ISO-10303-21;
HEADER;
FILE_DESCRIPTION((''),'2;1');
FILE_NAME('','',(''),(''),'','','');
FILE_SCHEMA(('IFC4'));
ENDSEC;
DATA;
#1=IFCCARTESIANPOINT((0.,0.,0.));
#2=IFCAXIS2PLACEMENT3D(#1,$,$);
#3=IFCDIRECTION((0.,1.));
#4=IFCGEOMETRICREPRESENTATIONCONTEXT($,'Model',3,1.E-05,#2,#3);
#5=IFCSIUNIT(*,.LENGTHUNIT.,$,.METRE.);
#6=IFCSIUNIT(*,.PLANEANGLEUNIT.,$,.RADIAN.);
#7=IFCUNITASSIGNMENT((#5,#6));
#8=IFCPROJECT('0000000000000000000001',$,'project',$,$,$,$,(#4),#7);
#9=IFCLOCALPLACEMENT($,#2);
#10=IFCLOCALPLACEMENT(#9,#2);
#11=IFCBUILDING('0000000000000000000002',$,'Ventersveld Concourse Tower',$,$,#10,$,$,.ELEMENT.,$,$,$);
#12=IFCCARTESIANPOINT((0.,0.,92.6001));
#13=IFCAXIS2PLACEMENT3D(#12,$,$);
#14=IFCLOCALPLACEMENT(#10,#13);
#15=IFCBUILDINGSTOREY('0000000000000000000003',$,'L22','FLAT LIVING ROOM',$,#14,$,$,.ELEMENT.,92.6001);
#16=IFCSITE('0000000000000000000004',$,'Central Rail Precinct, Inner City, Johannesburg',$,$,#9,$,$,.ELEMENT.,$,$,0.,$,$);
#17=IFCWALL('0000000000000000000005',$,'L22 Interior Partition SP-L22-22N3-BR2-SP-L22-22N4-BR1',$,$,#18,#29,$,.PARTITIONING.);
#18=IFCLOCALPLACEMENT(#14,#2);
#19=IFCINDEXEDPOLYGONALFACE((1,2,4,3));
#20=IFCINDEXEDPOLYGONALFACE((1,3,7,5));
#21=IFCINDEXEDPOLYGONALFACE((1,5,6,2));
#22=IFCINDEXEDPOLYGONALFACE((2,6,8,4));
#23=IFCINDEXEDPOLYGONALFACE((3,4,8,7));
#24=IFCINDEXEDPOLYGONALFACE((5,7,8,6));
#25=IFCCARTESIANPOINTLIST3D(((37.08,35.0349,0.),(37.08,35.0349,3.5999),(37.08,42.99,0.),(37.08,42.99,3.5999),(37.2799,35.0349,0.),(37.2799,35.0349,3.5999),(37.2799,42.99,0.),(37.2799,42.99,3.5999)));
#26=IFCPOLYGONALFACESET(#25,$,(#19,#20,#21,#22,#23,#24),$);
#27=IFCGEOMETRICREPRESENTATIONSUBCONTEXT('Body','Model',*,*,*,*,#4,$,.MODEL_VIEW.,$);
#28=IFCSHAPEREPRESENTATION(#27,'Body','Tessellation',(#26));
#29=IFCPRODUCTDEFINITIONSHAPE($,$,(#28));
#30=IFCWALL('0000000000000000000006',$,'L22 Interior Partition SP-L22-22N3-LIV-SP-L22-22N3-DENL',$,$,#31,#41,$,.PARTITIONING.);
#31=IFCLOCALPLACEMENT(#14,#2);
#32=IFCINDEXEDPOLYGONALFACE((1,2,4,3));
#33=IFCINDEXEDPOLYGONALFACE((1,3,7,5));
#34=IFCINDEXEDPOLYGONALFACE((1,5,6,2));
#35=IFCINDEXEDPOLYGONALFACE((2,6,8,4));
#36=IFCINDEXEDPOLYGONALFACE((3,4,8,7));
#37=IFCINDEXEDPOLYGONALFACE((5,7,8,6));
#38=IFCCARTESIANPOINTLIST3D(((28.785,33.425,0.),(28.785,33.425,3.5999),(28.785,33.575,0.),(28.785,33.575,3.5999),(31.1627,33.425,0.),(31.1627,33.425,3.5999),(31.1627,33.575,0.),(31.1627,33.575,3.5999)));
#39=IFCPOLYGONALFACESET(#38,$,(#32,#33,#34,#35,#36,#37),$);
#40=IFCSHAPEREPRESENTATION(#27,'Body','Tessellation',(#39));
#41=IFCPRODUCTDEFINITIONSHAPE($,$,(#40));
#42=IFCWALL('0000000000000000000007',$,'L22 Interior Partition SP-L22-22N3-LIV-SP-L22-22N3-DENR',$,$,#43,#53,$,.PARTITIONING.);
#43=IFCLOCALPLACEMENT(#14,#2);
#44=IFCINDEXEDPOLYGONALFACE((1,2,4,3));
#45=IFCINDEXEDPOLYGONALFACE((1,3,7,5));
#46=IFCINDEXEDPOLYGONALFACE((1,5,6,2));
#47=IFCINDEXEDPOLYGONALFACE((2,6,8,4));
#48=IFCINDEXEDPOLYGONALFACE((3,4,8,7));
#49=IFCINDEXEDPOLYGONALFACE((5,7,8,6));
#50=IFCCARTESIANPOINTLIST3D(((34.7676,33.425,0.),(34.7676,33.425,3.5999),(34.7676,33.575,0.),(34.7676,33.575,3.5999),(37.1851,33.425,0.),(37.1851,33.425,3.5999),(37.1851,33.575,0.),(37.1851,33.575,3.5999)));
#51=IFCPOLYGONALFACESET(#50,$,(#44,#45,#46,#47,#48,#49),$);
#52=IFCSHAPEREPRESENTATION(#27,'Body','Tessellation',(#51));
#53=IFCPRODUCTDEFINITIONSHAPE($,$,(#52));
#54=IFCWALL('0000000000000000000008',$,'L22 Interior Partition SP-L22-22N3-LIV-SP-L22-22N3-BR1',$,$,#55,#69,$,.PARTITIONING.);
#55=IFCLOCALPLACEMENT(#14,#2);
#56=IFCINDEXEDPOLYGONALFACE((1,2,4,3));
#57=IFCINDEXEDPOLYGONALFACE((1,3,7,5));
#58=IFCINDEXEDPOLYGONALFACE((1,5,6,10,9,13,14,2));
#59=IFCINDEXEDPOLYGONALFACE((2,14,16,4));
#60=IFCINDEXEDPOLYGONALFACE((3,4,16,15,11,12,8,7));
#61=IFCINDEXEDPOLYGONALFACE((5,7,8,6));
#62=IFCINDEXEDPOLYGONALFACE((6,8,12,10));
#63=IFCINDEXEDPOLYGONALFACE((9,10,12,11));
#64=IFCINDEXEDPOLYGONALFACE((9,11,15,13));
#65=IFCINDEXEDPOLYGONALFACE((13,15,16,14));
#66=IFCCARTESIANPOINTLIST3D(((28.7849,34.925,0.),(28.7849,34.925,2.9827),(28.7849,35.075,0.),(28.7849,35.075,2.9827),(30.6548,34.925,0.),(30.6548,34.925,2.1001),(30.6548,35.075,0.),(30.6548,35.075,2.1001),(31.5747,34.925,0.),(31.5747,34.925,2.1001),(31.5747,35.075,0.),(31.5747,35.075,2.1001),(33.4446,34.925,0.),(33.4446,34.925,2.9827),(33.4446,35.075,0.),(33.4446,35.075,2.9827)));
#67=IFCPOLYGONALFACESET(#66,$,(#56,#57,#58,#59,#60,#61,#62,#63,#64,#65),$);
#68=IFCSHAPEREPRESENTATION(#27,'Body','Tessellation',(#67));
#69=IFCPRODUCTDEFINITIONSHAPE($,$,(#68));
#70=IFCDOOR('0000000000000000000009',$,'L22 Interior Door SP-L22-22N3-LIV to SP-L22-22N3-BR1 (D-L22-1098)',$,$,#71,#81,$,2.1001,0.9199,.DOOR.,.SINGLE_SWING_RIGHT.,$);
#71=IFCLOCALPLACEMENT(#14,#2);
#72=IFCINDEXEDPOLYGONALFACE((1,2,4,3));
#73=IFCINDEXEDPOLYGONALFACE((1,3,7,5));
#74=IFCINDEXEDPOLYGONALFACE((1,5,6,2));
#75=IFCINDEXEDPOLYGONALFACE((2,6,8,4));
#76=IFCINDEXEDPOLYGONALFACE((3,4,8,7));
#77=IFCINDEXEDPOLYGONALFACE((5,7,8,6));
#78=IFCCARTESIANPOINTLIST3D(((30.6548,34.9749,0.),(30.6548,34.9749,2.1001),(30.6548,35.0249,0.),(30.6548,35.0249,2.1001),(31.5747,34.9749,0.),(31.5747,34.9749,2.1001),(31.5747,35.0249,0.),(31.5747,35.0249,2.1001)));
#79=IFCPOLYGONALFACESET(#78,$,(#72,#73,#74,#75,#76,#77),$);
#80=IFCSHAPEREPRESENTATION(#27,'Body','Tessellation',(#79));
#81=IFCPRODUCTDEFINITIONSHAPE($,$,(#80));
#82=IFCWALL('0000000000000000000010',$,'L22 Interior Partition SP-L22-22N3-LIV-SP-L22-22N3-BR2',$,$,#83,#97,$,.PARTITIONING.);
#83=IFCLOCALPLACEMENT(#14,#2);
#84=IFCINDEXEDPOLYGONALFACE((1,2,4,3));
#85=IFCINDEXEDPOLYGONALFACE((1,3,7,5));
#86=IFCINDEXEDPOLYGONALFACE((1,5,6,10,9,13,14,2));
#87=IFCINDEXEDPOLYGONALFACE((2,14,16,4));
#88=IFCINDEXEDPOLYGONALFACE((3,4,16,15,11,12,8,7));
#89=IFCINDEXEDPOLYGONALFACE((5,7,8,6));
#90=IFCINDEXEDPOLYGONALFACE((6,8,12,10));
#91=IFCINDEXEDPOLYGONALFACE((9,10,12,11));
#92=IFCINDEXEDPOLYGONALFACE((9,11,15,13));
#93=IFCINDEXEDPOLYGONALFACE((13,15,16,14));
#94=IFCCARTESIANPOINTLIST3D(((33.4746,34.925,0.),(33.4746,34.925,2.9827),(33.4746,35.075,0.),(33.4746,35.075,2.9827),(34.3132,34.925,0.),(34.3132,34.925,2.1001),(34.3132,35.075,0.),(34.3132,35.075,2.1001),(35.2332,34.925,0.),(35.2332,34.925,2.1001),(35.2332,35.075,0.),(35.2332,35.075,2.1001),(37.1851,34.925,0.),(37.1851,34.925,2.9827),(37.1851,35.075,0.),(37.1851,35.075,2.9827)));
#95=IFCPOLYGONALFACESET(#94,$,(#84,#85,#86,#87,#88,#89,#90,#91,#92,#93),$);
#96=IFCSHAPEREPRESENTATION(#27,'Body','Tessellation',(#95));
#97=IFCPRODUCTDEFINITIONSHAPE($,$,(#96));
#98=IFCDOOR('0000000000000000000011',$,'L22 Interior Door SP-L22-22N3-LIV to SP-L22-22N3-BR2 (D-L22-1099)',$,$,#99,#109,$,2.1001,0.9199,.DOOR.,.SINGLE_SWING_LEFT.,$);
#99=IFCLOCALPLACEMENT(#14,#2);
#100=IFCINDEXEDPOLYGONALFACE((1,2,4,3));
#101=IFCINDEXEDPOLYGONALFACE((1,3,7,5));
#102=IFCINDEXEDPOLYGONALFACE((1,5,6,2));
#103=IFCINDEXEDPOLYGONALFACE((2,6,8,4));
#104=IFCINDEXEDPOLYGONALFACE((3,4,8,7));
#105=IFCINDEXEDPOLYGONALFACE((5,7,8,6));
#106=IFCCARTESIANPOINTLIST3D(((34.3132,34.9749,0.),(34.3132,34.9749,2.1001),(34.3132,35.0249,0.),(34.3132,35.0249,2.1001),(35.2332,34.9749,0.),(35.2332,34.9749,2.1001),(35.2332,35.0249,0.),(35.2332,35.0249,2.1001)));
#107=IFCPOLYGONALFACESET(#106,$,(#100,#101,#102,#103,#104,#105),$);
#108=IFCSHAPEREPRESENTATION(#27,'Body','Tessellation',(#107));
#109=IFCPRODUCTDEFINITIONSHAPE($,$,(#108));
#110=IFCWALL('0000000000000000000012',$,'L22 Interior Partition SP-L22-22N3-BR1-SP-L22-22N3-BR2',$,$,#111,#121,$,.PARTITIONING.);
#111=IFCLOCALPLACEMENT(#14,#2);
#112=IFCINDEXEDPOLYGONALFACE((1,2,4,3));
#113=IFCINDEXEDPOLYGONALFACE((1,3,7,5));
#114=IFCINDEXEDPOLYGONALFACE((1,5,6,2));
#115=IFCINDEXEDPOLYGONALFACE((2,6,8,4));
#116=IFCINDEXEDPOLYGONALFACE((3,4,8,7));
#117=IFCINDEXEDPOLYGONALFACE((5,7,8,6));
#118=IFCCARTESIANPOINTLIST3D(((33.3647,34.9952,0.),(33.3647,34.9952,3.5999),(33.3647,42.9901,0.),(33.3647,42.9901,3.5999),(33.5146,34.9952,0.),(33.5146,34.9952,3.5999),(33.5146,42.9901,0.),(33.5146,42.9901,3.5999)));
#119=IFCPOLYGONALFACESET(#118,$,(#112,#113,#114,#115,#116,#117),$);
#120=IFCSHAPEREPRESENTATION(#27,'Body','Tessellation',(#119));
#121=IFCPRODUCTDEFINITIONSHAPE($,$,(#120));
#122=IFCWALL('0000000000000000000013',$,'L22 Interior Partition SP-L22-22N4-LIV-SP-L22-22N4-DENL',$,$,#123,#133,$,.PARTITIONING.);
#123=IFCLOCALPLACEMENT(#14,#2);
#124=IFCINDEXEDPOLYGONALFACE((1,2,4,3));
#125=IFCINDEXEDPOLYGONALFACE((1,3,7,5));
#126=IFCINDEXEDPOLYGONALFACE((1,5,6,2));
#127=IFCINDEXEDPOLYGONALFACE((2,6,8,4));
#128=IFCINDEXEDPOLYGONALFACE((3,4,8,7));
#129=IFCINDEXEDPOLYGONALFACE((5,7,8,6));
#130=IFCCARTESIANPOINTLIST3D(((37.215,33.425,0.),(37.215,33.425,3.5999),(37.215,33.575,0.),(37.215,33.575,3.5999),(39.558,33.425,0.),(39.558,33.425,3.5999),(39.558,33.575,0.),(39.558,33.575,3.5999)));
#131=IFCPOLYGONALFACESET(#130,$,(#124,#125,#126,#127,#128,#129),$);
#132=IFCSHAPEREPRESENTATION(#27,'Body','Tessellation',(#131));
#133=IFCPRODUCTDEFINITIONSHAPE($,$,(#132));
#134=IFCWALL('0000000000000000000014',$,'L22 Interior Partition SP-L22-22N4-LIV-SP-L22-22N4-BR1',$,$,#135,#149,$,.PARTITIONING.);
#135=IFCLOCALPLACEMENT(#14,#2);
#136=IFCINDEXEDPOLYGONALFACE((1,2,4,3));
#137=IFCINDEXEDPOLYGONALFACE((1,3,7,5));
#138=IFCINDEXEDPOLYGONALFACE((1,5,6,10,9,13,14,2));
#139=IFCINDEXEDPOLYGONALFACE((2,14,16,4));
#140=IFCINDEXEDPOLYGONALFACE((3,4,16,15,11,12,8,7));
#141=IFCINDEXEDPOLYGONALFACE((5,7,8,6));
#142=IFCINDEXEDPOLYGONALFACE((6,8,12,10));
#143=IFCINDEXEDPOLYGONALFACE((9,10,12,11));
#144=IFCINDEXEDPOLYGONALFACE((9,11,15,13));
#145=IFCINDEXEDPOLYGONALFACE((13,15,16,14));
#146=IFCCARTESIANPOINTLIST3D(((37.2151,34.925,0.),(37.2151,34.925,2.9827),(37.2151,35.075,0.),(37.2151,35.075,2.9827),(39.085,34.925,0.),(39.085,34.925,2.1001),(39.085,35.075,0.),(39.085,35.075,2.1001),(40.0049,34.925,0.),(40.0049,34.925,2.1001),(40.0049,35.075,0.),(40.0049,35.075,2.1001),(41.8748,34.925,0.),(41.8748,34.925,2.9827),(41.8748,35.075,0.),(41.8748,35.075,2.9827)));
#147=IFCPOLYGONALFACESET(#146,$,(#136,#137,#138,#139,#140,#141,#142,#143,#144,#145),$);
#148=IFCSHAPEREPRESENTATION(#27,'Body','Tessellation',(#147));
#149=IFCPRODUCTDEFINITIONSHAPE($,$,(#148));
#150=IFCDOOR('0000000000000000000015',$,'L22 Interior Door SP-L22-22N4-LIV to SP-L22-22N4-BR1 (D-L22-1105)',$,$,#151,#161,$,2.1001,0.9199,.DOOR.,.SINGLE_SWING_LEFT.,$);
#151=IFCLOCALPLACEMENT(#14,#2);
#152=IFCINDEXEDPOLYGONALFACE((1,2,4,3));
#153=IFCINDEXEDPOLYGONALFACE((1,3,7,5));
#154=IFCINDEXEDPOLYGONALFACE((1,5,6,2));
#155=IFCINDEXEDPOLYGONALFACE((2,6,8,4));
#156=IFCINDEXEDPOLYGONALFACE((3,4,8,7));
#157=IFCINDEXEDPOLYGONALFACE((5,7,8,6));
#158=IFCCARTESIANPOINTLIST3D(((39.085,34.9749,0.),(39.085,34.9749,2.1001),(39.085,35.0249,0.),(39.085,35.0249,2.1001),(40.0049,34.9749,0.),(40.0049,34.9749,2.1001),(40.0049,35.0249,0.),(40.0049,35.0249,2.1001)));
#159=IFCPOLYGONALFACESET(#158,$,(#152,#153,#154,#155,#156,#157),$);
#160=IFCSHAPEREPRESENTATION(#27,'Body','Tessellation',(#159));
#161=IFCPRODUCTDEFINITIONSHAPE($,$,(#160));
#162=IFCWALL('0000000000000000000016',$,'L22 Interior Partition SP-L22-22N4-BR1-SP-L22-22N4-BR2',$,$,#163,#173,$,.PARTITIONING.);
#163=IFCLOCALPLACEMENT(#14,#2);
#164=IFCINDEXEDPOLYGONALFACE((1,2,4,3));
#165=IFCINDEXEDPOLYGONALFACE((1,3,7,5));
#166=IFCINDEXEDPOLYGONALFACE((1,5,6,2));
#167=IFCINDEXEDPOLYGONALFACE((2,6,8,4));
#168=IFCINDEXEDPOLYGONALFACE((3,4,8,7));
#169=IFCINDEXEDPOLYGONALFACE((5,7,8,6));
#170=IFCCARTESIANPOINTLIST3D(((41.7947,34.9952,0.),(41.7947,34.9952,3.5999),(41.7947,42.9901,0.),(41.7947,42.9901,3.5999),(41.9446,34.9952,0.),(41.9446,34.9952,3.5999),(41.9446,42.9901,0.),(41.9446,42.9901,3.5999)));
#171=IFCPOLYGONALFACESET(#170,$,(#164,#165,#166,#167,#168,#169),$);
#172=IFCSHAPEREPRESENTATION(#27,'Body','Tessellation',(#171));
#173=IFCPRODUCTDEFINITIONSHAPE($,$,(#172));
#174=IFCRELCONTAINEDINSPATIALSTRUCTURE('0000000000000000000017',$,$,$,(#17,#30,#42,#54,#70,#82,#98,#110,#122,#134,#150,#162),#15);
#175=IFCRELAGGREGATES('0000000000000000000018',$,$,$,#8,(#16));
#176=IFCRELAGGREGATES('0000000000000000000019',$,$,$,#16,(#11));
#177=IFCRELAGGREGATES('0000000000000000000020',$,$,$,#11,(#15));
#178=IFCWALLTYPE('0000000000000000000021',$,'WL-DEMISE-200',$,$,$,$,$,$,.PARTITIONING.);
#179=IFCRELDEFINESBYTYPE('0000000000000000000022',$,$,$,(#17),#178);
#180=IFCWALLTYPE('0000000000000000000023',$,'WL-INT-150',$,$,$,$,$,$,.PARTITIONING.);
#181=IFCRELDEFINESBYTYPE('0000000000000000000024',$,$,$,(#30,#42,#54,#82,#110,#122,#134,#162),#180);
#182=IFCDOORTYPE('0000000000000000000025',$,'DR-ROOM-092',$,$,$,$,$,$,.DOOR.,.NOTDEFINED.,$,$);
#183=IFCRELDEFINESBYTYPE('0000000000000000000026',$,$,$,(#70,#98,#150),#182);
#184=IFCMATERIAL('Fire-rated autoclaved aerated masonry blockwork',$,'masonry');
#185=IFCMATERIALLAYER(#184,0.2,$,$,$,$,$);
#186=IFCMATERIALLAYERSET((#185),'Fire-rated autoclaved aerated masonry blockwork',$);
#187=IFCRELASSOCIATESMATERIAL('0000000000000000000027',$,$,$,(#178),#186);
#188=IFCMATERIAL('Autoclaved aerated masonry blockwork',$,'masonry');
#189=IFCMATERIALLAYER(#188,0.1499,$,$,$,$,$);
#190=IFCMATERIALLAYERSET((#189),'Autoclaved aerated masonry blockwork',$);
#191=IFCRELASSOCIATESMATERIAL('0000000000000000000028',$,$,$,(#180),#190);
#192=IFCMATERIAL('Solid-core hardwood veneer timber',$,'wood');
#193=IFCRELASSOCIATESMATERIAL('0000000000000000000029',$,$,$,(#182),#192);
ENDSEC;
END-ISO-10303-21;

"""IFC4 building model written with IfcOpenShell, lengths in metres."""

from ifc_helpers import new_model, si_unit, direction, frame, frame_2d, origin, place, context, subcontext, project, spatial, rectangle, extrude, material, layer, layer_set, type_object, element, fill, save


model = new_model("IFC4")

# Units and contexts
model_context = context("Model", 3, precision=1e-05, world=origin(), true_north=direction((0.0, 1.0)))
body_context = subcontext(model_context, "Body", "Model", "MODEL_VIEW")
ifc_project = project(units=[si_unit("LENGTHUNIT", "METRE"), si_unit("PLANEANGLEUNIT", "RADIAN")], contexts=[model_context])

# Site, building, storey
site_placement = place(None, origin())
site = spatial("IfcSite", under=ifc_project, at=site_placement, Name="Central Rail Precinct, Inner City, Johannesburg", CompositionType="ELEMENT", RefElevation=0.0)
building_placement = place(site_placement, origin())
building = spatial("IfcBuilding", under=site, at=building_placement, Name="Ventersveld Concourse Tower", CompositionType="ELEMENT")
storey_placement = place(building_placement, frame((0.0, 0.0, 92.6001)))
storey = spatial("IfcBuildingStorey", under=building, at=storey_placement, Name="L22", Description="FLAT LIVING ROOM", CompositionType="ELEMENT", Elevation=92.6001)

# Walls
ifc_material_1 = material(Name="Fire-rated autoclaved aerated masonry blockwork", Category="masonry")
ifc_layer_1 = layer(ifc_material_1, 0.2)
ifc_layer_set_1 = layer_set([ifc_layer_1], Name="Fire-rated autoclaved aerated masonry blockwork")
wall_type_1 = type_object("IfcWallType", Name="WL-DEMISE-200", PredefinedType="PARTITIONING", material=ifc_layer_set_1)
wall_1_placement = place(storey_placement, frame((37.1799, 35.0349, 0.0), z_axis=(0.0, 0.0, 1.0), x_axis=(0.0, 1.0, 0.0)))
element("IfcWall", 1, at=wall_1_placement, inside=storey, type_object=wall_type_1, Name="L22 Interior Partition SP-L22-22N3-BR2-SP-L22-22N4-BR1", PredefinedType="PARTITIONING", context=body_context, shape_type="SweptSolid", body=[
    extrude(rectangle(XDim=7.9551, YDim=0.2, at=frame_2d((3.9775, 0.0))), origin(), (0.0, 0.0, 1.0), 3.5999),
])
ifc_material_2 = material(Name="Autoclaved aerated masonry blockwork", Category="masonry")
ifc_layer_2 = layer(ifc_material_2, 0.1499)
ifc_layer_set_2 = layer_set([ifc_layer_2], Name="Autoclaved aerated masonry blockwork")
wall_type_2 = type_object("IfcWallType", Name="WL-INT-150", PredefinedType="PARTITIONING", material=ifc_layer_set_2)
wall_2_placement = place(storey_placement, frame((28.7849, 33.5, 0.0), z_axis=(0.0, 0.0, 1.0), x_axis=(1.0, 0.0, 0.0)))
element("IfcWall", 2, at=wall_2_placement, inside=storey, type_object=wall_type_2, Name="L22 Interior Partition SP-L22-22N3-LIV-SP-L22-22N3-DENL", PredefinedType="PARTITIONING", context=body_context, shape_type="SweptSolid", body=[
    extrude(rectangle(XDim=2.3777, YDim=0.1499, at=frame_2d((1.189, 0.0))), origin(), (0.0, 0.0, 1.0), 3.5999),
])
wall_3_placement = place(storey_placement, frame((34.7676, 33.5, 0.0), z_axis=(0.0, 0.0, 1.0), x_axis=(1.0, 0.0, 0.0)))
element("IfcWall", 3, at=wall_3_placement, inside=storey, type_object=wall_type_2, Name="L22 Interior Partition SP-L22-22N3-LIV-SP-L22-22N3-DENR", PredefinedType="PARTITIONING", context=body_context, shape_type="SweptSolid", body=[
    extrude(rectangle(XDim=2.4175, YDim=0.1499, at=frame_2d((1.2087, 0.0))), origin(), (0.0, 0.0, 1.0), 3.5999),
])

# Walls, openings, doors
wall_4_placement = place(storey_placement, frame((28.7849, 35.0, 0.0), z_axis=(0.0, 0.0, 1.0), x_axis=(1.0, 0.0, 0.0)))
wall_4 = element("IfcWall", 4, at=wall_4_placement, inside=storey, type_object=wall_type_2, Name="L22 Interior Partition SP-L22-22N3-LIV-SP-L22-22N3-BR1", PredefinedType="PARTITIONING", context=body_context, shape_type="SweptSolid", body=[
    extrude(rectangle(XDim=4.6597, YDim=0.1499, at=frame_2d((2.3298, 0.0))), origin(), (0.0, 0.0, 1.0), 2.9827),
])
opening_1_placement = place(wall_4_placement, frame((1.8699, 0.0, 0.0)))
opening_1 = element("IfcOpeningElement", 5, at=opening_1_placement, cuts=wall_4, PredefinedType="OPENING", context=body_context, shape_type="SweptSolid", body=[
    extrude(rectangle(XDim=0.9199, YDim=2.1001, at=frame_2d((0.46, 1.05))), frame((0.0, 0.085, 0.0), z_axis=(0.0, -1.0, 0.0), x_axis=(1.0, 0.0, 0.0)), (0.0, 0.0, 1.0), 0.1699),
])
ifc_material_3 = material(Name="Solid-core hardwood veneer timber", Category="wood")
door_type = type_object("IfcDoorType", Name="DR-ROOM-092", OperationType="NOTDEFINED", PredefinedType="DOOR", material=ifc_material_3)
door_1_placement = place(opening_1_placement, origin())
door_1 = element("IfcDoor", 6, at=door_1_placement, inside=storey, type_object=door_type, Name="L22 Interior Door SP-L22-22N3-LIV to SP-L22-22N3-BR1 (D-L22-1098)", OperationType="SINGLE_SWING_RIGHT", OverallHeight=2.1001, OverallWidth=0.9199, PredefinedType="DOOR", context=body_context, shape_type="SweptSolid", body=[
    extrude(rectangle(XDim=0.9199, YDim=2.1001, at=frame_2d((0.46, 1.05))), frame((0.0, 0.0249, 0.0), z_axis=(0.0, -1.0, 0.0), x_axis=(1.0, 0.0, 0.0)), (0.0, 0.0, 1.0), 0.05),
])
fill(opening_1, door_1)
wall_5_placement = place(storey_placement, frame((33.4746, 35.0, 0.0), z_axis=(0.0, 0.0, 1.0), x_axis=(1.0, 0.0, 0.0)))
wall_5 = element("IfcWall", 7, at=wall_5_placement, inside=storey, type_object=wall_type_2, Name="L22 Interior Partition SP-L22-22N3-LIV-SP-L22-22N3-BR2", PredefinedType="PARTITIONING", context=body_context, shape_type="SweptSolid", body=[
    extrude(rectangle(XDim=3.7104, YDim=0.1499, at=frame_2d((1.8552, 0.0))), origin(), (0.0, 0.0, 1.0), 2.9827),
])
opening_2_placement = place(wall_5_placement, frame((0.8386, 0.0, 0.0)))
opening_2 = element("IfcOpeningElement", 8, at=opening_2_placement, cuts=wall_5, PredefinedType="OPENING", context=body_context, shape_type="SweptSolid", body=[
    extrude(rectangle(XDim=0.9199, YDim=2.1001, at=frame_2d((0.46, 1.05))), frame((0.0, 0.085, 0.0), z_axis=(0.0, -1.0, 0.0), x_axis=(1.0, 0.0, 0.0)), (0.0, 0.0, 1.0), 0.1699),
])
door_2_placement = place(opening_2_placement, origin())
door_2 = element("IfcDoor", 9, at=door_2_placement, inside=storey, type_object=door_type, Name="L22 Interior Door SP-L22-22N3-LIV to SP-L22-22N3-BR2 (D-L22-1099)", OperationType="SINGLE_SWING_LEFT", OverallHeight=2.1001, OverallWidth=0.9199, PredefinedType="DOOR", context=body_context, shape_type="SweptSolid", body=[
    extrude(rectangle(XDim=0.9199, YDim=2.1001, at=frame_2d((0.46, 1.05))), frame((0.0, 0.0249, 0.0), z_axis=(0.0, -1.0, 0.0), x_axis=(1.0, 0.0, 0.0)), (0.0, 0.0, 1.0), 0.05),
])
fill(opening_2, door_2)

# Walls
wall_6_placement = place(storey_placement, frame((33.4397, 34.9951, 0.0), z_axis=(0.0, 0.0, 1.0), x_axis=(0.0, 1.0, 0.0)))
element("IfcWall", 10, at=wall_6_placement, inside=storey, type_object=wall_type_2, Name="L22 Interior Partition SP-L22-22N3-BR1-SP-L22-22N3-BR2", PredefinedType="PARTITIONING", context=body_context, shape_type="SweptSolid", body=[
    extrude(rectangle(XDim=7.9949, YDim=0.1499, at=frame_2d((3.9976, 0.0))), origin(), (0.0, 0.0, 1.0), 3.5999),
])
wall_7_placement = place(storey_placement, frame((37.2151, 33.5, 0.0), z_axis=(0.0, 0.0, 1.0), x_axis=(1.0, 0.0, 0.0)))
element("IfcWall", 11, at=wall_7_placement, inside=storey, type_object=wall_type_2, Name="L22 Interior Partition SP-L22-22N4-LIV-SP-L22-22N4-DENL", PredefinedType="PARTITIONING", context=body_context, shape_type="SweptSolid", body=[
    extrude(rectangle(XDim=2.343, YDim=0.1499, at=frame_2d((1.1714, 0.0))), origin(), (0.0, 0.0, 1.0), 3.5999),
])

# Wall, opening, door
wall_8_placement = place(storey_placement, frame((37.2151, 35.0, 0.0), z_axis=(0.0, 0.0, 1.0), x_axis=(1.0, 0.0, 0.0)))
wall_8 = element("IfcWall", 12, at=wall_8_placement, inside=storey, type_object=wall_type_2, Name="L22 Interior Partition SP-L22-22N4-LIV-SP-L22-22N4-BR1", PredefinedType="PARTITIONING", context=body_context, shape_type="SweptSolid", body=[
    extrude(rectangle(XDim=4.6597, YDim=0.1499, at=frame_2d((2.3298, 0.0))), origin(), (0.0, 0.0, 1.0), 2.9827),
])
opening_3_placement = place(wall_8_placement, frame((1.8699, 0.0, 0.0)))
opening_3 = element("IfcOpeningElement", 13, at=opening_3_placement, cuts=wall_8, PredefinedType="OPENING", context=body_context, shape_type="SweptSolid", body=[
    extrude(rectangle(XDim=0.9199, YDim=2.1001, at=frame_2d((0.46, 1.05))), frame((0.0, 0.085, 0.0), z_axis=(0.0, -1.0, 0.0), x_axis=(1.0, 0.0, 0.0)), (0.0, 0.0, 1.0), 0.1699),
])
door_3_placement = place(opening_3_placement, origin())
door_3 = element("IfcDoor", 14, at=door_3_placement, inside=storey, type_object=door_type, Name="L22 Interior Door SP-L22-22N4-LIV to SP-L22-22N4-BR1 (D-L22-1105)", OperationType="SINGLE_SWING_LEFT", OverallHeight=2.1001, OverallWidth=0.9199, PredefinedType="DOOR", context=body_context, shape_type="SweptSolid", body=[
    extrude(rectangle(XDim=0.9199, YDim=2.1001, at=frame_2d((0.46, 1.05))), frame((0.0, 0.0249, 0.0), z_axis=(0.0, -1.0, 0.0), x_axis=(1.0, 0.0, 0.0)), (0.0, 0.0, 1.0), 0.05),
])
fill(opening_3, door_3)

# Wall
wall_9_placement = place(storey_placement, frame((41.8696, 34.9951, 0.0), z_axis=(0.0, 0.0, 1.0), x_axis=(0.0, 1.0, 0.0)))
element("IfcWall", 15, at=wall_9_placement, inside=storey, type_object=wall_type_2, Name="L22 Interior Partition SP-L22-22N4-BR1-SP-L22-22N4-BR2", PredefinedType="PARTITIONING", context=body_context, shape_type="SweptSolid", body=[
    extrude(rectangle(XDim=7.9949, YDim=0.1499, at=frame_2d((3.9976, 0.0))), origin(), (0.0, 0.0, 1.0), 3.5999),
])

save(model, "model.ifc")
